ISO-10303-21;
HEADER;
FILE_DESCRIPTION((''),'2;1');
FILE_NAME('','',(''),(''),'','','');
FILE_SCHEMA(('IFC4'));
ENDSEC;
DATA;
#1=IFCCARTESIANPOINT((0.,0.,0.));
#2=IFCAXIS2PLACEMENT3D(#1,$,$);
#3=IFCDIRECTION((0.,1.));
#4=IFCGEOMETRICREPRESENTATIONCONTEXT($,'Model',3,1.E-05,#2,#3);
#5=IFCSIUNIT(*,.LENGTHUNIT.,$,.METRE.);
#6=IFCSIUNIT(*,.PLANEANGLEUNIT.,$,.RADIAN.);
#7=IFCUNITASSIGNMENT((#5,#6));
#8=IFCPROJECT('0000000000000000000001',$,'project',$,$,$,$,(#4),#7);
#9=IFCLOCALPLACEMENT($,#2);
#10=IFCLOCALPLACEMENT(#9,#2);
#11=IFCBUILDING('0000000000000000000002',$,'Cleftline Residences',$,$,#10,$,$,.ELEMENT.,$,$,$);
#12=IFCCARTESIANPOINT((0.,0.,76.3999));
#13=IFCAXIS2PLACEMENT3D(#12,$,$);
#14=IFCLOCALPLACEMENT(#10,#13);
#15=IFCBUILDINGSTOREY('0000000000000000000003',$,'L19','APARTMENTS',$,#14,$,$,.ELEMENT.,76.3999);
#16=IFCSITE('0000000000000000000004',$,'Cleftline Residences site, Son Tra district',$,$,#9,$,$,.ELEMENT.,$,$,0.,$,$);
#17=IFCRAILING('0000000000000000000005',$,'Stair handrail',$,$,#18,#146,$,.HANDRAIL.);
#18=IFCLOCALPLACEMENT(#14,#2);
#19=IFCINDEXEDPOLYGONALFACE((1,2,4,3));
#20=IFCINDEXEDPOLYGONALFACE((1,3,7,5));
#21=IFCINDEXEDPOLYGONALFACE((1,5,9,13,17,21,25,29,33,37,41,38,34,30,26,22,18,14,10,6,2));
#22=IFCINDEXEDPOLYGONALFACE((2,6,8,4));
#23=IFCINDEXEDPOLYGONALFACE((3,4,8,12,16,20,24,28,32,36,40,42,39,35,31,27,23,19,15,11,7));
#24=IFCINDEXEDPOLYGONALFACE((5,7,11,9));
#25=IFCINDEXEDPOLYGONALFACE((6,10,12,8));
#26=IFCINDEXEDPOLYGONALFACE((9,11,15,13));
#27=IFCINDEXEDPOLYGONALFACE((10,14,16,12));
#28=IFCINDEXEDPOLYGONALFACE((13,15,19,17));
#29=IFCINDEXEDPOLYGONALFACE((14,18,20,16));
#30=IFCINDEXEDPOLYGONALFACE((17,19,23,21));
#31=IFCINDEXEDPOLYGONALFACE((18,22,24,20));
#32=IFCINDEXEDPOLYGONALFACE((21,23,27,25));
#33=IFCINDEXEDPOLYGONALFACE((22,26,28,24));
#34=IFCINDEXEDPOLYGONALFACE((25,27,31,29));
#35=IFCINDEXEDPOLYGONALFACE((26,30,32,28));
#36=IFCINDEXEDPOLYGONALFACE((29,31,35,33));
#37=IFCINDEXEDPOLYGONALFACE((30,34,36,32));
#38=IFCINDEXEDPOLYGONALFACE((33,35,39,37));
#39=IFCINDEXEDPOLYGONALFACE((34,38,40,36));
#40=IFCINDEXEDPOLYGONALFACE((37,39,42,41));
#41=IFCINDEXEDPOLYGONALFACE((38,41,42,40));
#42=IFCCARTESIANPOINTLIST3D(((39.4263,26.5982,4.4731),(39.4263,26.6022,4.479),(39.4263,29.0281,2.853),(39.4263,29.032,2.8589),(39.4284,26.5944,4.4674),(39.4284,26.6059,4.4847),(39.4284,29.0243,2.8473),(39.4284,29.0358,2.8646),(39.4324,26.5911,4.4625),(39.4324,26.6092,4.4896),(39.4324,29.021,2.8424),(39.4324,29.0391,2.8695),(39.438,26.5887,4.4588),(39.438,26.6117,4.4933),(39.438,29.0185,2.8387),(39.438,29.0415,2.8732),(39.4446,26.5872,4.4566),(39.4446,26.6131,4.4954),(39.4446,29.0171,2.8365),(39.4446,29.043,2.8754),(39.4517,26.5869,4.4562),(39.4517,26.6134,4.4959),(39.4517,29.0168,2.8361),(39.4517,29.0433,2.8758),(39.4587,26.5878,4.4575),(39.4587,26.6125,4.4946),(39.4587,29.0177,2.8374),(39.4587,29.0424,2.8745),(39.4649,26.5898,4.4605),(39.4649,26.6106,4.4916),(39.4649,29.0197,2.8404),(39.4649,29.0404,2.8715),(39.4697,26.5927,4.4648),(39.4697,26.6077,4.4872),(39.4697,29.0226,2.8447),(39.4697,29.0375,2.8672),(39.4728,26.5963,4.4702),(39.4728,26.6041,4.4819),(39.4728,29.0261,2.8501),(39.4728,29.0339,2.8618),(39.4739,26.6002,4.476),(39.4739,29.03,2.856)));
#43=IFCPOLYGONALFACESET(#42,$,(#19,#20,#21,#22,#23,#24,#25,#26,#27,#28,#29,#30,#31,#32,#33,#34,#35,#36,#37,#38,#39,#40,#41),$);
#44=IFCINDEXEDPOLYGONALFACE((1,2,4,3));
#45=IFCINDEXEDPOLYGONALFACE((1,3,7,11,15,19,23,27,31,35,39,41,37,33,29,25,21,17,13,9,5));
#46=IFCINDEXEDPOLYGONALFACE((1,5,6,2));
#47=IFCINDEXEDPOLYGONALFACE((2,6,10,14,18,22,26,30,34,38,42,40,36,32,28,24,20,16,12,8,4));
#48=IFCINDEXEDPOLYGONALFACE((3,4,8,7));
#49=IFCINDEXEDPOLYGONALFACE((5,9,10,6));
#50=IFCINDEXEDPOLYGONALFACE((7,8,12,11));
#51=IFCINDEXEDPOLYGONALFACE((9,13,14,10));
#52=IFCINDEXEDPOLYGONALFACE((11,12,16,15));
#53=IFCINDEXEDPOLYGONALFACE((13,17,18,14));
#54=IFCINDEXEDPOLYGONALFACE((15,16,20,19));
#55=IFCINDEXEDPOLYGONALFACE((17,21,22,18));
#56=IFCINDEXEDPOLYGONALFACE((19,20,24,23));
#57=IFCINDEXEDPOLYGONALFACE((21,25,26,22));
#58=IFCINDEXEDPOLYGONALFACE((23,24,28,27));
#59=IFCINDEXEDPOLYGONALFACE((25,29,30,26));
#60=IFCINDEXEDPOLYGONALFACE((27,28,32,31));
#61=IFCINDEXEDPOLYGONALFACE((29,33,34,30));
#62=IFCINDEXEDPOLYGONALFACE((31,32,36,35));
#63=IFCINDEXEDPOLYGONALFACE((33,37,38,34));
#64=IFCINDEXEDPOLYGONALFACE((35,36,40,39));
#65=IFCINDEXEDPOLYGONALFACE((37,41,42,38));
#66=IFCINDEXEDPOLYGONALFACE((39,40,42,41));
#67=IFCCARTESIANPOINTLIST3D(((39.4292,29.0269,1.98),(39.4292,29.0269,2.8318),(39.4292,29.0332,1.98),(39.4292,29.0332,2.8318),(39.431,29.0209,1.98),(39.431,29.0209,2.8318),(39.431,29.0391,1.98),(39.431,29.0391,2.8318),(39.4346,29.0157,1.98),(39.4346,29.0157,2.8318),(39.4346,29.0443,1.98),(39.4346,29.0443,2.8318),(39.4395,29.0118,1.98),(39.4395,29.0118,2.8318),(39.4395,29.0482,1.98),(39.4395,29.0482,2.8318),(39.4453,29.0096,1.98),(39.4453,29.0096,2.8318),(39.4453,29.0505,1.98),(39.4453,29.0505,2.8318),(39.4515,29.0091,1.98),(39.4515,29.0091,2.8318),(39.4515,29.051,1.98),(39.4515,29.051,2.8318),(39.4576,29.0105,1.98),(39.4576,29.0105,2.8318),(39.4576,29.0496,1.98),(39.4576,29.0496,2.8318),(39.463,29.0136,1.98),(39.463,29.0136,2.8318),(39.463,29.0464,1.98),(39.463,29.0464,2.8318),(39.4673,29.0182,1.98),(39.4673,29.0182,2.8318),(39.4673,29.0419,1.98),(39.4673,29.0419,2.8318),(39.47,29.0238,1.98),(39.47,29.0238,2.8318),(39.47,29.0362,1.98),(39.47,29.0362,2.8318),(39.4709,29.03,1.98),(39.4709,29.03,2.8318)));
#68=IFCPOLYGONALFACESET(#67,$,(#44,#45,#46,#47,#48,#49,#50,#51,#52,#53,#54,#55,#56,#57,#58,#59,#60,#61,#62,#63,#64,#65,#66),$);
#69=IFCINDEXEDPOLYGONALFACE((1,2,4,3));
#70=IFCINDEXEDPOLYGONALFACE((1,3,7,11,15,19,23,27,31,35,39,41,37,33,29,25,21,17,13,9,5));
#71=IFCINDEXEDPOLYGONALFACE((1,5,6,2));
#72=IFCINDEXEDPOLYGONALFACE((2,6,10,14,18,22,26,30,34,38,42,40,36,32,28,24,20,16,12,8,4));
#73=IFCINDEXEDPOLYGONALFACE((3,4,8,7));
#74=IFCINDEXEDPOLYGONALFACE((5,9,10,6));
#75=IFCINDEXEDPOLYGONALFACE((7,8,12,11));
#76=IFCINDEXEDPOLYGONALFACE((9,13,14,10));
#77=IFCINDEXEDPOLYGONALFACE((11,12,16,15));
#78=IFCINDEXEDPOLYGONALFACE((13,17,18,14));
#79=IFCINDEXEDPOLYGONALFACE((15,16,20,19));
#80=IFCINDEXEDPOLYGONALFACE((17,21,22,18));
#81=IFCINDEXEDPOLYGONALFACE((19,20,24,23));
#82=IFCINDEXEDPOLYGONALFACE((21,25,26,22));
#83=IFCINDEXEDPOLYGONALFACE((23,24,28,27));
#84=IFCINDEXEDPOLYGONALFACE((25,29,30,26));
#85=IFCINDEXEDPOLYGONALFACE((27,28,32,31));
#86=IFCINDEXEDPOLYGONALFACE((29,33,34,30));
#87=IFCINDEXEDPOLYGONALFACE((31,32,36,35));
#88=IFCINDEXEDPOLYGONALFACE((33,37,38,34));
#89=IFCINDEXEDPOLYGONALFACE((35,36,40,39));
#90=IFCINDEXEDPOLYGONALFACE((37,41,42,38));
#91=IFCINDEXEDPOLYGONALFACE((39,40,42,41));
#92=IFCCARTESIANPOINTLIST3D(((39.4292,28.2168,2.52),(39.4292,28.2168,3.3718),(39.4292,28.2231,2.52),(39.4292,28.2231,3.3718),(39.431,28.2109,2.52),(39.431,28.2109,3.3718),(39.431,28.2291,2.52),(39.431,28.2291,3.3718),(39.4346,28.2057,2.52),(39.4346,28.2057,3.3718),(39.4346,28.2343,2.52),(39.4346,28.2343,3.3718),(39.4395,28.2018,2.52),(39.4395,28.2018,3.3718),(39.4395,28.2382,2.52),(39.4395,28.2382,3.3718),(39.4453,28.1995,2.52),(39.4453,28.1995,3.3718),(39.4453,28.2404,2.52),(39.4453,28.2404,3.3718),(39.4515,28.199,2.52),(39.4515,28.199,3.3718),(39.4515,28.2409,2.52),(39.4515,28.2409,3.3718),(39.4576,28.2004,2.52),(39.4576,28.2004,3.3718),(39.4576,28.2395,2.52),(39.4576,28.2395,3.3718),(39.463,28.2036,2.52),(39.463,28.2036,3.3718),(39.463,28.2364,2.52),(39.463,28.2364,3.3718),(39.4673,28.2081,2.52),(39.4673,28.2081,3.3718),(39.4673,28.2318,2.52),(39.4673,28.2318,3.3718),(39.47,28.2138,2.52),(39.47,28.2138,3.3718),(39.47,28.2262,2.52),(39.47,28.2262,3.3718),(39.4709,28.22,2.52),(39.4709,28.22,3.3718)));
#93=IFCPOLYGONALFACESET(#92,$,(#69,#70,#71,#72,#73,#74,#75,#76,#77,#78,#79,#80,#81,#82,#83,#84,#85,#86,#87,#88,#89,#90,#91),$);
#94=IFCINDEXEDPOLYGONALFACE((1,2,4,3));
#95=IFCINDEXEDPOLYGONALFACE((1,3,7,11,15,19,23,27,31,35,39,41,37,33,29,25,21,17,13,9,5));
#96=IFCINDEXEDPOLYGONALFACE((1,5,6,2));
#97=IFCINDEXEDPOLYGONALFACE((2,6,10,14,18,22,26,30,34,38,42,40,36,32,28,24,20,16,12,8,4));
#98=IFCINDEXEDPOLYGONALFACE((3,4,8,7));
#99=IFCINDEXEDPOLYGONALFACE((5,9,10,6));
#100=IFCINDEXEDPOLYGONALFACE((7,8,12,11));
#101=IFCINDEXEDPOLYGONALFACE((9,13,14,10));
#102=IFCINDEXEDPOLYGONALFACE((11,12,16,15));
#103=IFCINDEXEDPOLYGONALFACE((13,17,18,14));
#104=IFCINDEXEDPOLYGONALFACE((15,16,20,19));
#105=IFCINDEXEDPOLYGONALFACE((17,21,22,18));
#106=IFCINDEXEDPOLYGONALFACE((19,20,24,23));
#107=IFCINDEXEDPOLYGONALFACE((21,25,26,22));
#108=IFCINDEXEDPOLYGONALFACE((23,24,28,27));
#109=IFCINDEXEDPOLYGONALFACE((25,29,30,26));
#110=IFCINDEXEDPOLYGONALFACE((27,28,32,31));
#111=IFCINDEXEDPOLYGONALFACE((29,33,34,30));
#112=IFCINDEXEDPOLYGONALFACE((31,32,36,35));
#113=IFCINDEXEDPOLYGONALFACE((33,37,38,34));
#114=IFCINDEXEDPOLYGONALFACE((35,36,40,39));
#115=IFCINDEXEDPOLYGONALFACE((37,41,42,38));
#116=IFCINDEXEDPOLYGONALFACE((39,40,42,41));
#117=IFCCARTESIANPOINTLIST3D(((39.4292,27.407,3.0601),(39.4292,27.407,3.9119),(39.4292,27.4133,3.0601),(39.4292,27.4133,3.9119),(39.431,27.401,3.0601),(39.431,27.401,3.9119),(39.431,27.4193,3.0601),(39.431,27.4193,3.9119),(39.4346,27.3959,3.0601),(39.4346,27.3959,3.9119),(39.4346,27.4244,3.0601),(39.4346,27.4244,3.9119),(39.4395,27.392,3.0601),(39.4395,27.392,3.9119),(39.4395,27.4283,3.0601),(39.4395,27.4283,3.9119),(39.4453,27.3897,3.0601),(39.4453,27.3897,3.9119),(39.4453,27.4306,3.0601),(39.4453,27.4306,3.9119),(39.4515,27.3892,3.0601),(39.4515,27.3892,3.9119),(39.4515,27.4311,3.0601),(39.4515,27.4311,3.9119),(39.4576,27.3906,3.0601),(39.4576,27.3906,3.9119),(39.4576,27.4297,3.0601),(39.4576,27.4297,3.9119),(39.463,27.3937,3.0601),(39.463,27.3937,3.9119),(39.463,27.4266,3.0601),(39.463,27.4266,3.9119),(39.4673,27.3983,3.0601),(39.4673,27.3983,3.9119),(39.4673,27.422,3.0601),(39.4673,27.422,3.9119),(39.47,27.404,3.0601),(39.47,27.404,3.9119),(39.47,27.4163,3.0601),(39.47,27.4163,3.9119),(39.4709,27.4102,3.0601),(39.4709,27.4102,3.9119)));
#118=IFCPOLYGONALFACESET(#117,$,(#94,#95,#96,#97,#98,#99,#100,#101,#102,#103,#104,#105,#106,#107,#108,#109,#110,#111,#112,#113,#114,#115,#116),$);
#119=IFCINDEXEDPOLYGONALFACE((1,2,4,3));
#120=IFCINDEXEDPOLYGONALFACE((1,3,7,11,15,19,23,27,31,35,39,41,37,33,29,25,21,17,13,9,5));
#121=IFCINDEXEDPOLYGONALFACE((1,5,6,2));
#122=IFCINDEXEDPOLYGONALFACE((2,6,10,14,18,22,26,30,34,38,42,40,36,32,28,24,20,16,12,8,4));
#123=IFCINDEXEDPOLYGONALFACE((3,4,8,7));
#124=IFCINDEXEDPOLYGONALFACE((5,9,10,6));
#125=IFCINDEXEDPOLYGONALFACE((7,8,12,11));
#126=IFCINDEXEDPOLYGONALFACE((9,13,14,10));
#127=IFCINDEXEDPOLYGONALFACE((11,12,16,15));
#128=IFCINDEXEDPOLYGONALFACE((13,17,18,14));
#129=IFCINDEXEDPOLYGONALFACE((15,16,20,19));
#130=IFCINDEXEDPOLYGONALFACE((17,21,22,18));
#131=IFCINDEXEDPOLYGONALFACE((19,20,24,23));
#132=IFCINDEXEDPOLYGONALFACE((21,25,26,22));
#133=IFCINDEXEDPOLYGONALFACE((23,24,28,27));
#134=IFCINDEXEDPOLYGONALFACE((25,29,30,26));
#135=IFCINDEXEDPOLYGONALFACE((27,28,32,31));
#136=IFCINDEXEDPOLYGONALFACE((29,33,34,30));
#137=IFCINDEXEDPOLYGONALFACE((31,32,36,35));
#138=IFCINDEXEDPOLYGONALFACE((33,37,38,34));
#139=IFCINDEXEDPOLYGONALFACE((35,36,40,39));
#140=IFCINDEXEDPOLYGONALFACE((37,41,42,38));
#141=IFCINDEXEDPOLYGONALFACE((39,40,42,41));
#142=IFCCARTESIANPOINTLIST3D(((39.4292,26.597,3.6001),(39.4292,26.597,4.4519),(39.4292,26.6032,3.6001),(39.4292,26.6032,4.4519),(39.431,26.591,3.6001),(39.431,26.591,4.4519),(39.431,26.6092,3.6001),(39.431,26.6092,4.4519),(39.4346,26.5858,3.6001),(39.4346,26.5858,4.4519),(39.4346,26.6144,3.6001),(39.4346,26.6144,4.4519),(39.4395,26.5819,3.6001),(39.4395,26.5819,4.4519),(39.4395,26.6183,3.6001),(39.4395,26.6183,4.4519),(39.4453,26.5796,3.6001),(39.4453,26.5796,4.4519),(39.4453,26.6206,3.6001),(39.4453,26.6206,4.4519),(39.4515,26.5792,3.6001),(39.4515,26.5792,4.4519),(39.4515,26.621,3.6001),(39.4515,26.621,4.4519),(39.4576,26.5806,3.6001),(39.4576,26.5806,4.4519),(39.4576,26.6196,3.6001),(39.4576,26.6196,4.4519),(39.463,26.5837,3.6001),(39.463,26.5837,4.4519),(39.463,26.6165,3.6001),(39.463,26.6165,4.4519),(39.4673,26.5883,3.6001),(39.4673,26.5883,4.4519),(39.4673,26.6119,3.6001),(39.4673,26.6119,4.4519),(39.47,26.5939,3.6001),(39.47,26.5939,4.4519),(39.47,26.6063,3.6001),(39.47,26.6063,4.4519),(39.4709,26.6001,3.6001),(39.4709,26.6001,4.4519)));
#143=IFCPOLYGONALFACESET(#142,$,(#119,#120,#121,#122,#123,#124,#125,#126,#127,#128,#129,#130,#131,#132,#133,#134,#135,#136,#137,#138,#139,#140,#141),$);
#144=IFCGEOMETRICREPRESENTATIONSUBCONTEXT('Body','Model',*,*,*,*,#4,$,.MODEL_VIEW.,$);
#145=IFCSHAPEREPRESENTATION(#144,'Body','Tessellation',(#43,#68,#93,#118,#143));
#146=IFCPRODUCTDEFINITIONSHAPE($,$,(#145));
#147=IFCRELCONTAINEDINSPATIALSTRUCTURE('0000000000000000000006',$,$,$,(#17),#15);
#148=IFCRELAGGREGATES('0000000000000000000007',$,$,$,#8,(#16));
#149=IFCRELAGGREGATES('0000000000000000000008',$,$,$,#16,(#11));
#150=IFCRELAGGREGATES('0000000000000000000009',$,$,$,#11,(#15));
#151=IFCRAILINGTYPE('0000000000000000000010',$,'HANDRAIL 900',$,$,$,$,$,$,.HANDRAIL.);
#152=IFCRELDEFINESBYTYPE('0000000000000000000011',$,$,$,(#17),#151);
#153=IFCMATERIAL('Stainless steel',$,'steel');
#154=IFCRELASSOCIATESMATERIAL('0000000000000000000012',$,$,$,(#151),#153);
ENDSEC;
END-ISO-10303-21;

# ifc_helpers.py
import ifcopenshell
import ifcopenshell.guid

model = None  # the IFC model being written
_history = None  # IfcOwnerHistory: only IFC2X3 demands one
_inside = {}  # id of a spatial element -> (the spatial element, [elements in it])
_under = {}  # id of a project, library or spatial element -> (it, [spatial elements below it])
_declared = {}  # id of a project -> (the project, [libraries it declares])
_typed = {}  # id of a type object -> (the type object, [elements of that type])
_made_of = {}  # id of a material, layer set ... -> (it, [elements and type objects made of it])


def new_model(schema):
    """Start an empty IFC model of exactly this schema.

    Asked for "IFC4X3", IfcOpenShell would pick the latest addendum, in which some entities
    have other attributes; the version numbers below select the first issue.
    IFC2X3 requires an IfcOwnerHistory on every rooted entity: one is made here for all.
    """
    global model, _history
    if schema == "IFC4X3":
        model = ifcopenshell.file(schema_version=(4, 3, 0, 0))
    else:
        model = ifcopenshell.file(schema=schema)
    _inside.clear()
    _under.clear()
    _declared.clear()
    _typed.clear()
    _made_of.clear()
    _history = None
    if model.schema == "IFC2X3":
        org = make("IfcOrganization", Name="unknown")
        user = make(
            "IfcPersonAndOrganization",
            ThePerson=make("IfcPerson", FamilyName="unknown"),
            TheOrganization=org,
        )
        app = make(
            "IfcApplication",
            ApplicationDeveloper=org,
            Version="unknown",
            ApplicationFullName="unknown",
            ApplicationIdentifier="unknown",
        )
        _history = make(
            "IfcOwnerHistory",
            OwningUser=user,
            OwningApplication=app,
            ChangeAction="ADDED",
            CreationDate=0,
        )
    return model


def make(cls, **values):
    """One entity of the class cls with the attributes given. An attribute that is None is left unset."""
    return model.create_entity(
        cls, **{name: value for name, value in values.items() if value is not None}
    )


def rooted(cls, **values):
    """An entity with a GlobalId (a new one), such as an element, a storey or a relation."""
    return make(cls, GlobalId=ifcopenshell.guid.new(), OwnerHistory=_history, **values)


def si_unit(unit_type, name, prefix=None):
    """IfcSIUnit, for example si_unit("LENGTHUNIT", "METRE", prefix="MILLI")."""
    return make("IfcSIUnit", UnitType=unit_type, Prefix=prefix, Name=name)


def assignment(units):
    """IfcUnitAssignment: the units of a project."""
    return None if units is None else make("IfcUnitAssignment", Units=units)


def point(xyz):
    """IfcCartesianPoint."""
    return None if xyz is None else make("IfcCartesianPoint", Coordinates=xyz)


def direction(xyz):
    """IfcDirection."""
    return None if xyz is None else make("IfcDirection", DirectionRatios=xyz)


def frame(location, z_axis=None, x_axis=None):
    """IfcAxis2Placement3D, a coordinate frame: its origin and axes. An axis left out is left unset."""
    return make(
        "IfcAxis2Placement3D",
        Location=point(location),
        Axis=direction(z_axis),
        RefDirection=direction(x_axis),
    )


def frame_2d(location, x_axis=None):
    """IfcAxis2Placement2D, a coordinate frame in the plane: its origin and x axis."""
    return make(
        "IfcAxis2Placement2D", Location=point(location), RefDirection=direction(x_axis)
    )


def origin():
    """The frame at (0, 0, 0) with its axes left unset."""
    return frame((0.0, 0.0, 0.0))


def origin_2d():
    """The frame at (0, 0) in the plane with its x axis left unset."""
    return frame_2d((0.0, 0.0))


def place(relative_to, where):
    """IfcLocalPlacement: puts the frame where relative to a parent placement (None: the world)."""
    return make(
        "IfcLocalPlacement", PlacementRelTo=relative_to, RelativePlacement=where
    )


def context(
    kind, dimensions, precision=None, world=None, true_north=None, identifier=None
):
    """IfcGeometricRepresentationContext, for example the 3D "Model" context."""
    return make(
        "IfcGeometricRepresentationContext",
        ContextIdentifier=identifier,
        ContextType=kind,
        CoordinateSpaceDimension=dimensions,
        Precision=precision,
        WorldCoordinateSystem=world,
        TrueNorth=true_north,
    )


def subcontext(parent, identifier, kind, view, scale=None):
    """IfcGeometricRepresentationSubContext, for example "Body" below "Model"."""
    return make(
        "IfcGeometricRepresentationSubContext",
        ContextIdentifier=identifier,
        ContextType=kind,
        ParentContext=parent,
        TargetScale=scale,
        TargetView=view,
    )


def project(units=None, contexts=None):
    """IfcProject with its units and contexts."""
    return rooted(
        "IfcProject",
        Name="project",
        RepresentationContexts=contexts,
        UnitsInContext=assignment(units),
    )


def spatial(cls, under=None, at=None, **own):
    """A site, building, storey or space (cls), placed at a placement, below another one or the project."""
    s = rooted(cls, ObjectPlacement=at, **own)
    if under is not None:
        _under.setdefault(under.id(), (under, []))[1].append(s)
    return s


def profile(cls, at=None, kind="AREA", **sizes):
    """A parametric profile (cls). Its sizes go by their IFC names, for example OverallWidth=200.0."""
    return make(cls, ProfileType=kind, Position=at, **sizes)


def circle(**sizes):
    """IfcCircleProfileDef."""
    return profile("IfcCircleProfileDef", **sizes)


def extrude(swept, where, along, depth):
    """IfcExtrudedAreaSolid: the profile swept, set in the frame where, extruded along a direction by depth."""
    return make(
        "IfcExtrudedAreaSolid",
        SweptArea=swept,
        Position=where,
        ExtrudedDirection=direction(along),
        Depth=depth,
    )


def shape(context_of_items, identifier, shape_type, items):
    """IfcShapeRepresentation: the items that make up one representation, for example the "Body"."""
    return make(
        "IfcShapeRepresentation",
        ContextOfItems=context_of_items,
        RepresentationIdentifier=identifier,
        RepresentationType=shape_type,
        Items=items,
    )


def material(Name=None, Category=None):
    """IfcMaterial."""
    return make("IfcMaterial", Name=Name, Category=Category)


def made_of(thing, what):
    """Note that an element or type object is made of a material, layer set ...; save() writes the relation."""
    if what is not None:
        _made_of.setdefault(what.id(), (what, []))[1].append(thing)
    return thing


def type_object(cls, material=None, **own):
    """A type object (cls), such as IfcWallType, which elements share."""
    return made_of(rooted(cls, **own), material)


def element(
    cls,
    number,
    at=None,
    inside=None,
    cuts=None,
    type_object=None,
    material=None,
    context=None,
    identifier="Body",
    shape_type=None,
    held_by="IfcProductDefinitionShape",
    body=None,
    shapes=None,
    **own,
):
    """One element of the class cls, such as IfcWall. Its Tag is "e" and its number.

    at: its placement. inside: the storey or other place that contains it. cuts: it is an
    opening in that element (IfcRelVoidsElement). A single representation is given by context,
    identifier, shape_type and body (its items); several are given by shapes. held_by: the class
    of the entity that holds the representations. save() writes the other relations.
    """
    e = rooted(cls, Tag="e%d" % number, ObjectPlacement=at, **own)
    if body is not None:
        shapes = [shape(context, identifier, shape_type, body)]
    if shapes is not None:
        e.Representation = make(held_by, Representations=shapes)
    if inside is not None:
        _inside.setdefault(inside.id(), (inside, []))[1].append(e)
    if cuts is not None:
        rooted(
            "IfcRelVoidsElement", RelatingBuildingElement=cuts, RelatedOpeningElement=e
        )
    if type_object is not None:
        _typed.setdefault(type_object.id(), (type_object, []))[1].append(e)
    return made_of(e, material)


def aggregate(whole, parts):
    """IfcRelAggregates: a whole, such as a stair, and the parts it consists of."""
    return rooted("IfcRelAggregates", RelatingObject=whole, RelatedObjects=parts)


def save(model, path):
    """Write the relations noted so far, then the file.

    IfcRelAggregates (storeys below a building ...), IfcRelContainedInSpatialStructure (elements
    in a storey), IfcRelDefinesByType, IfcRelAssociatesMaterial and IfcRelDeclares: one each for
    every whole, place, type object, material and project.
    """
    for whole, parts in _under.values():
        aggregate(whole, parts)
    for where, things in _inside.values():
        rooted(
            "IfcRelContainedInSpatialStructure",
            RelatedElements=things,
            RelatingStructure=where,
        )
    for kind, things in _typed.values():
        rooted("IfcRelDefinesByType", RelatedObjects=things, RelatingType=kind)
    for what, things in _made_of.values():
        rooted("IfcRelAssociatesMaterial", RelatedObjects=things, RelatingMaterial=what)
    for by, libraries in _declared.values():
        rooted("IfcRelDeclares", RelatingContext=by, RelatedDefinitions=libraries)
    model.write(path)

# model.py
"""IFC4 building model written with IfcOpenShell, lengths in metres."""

from ifc_helpers import new_model, si_unit, direction, frame, origin, origin_2d, place, context, subcontext, project, spatial, circle, extrude, material, type_object, element, save


model = new_model("IFC4")

# Units and contexts
model_context = context("Model", 3, precision=1e-05, world=origin(), true_north=direction((0.0, 1.0)))
body_context = subcontext(model_context, "Body", "Model", "MODEL_VIEW")
ifc_project = project(units=[si_unit("LENGTHUNIT", "METRE"), si_unit("PLANEANGLEUNIT", "RADIAN")], contexts=[model_context])

# Site, building, storey
site_placement = place(None, origin())
site = spatial("IfcSite", under=ifc_project, at=site_placement, Name="Cleftline Residences site, Son Tra district", CompositionType="ELEMENT", RefElevation=0.0)
building_placement = place(site_placement, origin())
building = spatial("IfcBuilding", under=site, at=building_placement, Name="Cleftline Residences", CompositionType="ELEMENT")
storey_placement = place(building_placement, frame((0.0, 0.0, 76.3999)))
storey = spatial("IfcBuildingStorey", under=building, at=storey_placement, Name="L19", Description="APARTMENTS", CompositionType="ELEMENT", Elevation=76.3999)

# Railing
ifc_material_1 = material(Name="Stainless steel", Category="steel")
railing_type = type_object("IfcRailingType", Name="HANDRAIL 900", PredefinedType="HANDRAIL", material=ifc_material_1)
railing_1_placement = place(storey_placement, frame((39.45, 29.03, 1.98)))
element("IfcRailing", 1, at=railing_1_placement, inside=storey, type_object=railing_type, Name="Stair handrail", PredefinedType="HANDRAIL", context=body_context, shape_type="SweptSolid", body=[
    extrude(circle(Radius=0.0239, at=origin_2d()), frame((0.0, 0.0, 0.876), z_axis=(0.0, -0.832025, 0.554739), x_axis=(1.0, 0.0, 0.0)), (0.0, 0.0, 1.0), 2.9204),
    extrude(circle(Radius=0.021, at=origin_2d()), origin(), (0.0, 0.0, 1.0), 0.8518),
    extrude(circle(Radius=0.021, at=origin_2d()), frame((0.0, -0.8101, 0.54)), (0.0, 0.0, 1.0), 0.8518),
    extrude(circle(Radius=0.021, at=origin_2d()), frame((0.0, -1.6199, 1.0801)), (0.0, 0.0, 1.0), 0.8518),
    extrude(circle(Radius=0.021, at=origin_2d()), frame((0.0, -2.4299, 1.6201)), (0.0, 0.0, 1.0), 0.8518),
])

save(model, "model.ifc")
